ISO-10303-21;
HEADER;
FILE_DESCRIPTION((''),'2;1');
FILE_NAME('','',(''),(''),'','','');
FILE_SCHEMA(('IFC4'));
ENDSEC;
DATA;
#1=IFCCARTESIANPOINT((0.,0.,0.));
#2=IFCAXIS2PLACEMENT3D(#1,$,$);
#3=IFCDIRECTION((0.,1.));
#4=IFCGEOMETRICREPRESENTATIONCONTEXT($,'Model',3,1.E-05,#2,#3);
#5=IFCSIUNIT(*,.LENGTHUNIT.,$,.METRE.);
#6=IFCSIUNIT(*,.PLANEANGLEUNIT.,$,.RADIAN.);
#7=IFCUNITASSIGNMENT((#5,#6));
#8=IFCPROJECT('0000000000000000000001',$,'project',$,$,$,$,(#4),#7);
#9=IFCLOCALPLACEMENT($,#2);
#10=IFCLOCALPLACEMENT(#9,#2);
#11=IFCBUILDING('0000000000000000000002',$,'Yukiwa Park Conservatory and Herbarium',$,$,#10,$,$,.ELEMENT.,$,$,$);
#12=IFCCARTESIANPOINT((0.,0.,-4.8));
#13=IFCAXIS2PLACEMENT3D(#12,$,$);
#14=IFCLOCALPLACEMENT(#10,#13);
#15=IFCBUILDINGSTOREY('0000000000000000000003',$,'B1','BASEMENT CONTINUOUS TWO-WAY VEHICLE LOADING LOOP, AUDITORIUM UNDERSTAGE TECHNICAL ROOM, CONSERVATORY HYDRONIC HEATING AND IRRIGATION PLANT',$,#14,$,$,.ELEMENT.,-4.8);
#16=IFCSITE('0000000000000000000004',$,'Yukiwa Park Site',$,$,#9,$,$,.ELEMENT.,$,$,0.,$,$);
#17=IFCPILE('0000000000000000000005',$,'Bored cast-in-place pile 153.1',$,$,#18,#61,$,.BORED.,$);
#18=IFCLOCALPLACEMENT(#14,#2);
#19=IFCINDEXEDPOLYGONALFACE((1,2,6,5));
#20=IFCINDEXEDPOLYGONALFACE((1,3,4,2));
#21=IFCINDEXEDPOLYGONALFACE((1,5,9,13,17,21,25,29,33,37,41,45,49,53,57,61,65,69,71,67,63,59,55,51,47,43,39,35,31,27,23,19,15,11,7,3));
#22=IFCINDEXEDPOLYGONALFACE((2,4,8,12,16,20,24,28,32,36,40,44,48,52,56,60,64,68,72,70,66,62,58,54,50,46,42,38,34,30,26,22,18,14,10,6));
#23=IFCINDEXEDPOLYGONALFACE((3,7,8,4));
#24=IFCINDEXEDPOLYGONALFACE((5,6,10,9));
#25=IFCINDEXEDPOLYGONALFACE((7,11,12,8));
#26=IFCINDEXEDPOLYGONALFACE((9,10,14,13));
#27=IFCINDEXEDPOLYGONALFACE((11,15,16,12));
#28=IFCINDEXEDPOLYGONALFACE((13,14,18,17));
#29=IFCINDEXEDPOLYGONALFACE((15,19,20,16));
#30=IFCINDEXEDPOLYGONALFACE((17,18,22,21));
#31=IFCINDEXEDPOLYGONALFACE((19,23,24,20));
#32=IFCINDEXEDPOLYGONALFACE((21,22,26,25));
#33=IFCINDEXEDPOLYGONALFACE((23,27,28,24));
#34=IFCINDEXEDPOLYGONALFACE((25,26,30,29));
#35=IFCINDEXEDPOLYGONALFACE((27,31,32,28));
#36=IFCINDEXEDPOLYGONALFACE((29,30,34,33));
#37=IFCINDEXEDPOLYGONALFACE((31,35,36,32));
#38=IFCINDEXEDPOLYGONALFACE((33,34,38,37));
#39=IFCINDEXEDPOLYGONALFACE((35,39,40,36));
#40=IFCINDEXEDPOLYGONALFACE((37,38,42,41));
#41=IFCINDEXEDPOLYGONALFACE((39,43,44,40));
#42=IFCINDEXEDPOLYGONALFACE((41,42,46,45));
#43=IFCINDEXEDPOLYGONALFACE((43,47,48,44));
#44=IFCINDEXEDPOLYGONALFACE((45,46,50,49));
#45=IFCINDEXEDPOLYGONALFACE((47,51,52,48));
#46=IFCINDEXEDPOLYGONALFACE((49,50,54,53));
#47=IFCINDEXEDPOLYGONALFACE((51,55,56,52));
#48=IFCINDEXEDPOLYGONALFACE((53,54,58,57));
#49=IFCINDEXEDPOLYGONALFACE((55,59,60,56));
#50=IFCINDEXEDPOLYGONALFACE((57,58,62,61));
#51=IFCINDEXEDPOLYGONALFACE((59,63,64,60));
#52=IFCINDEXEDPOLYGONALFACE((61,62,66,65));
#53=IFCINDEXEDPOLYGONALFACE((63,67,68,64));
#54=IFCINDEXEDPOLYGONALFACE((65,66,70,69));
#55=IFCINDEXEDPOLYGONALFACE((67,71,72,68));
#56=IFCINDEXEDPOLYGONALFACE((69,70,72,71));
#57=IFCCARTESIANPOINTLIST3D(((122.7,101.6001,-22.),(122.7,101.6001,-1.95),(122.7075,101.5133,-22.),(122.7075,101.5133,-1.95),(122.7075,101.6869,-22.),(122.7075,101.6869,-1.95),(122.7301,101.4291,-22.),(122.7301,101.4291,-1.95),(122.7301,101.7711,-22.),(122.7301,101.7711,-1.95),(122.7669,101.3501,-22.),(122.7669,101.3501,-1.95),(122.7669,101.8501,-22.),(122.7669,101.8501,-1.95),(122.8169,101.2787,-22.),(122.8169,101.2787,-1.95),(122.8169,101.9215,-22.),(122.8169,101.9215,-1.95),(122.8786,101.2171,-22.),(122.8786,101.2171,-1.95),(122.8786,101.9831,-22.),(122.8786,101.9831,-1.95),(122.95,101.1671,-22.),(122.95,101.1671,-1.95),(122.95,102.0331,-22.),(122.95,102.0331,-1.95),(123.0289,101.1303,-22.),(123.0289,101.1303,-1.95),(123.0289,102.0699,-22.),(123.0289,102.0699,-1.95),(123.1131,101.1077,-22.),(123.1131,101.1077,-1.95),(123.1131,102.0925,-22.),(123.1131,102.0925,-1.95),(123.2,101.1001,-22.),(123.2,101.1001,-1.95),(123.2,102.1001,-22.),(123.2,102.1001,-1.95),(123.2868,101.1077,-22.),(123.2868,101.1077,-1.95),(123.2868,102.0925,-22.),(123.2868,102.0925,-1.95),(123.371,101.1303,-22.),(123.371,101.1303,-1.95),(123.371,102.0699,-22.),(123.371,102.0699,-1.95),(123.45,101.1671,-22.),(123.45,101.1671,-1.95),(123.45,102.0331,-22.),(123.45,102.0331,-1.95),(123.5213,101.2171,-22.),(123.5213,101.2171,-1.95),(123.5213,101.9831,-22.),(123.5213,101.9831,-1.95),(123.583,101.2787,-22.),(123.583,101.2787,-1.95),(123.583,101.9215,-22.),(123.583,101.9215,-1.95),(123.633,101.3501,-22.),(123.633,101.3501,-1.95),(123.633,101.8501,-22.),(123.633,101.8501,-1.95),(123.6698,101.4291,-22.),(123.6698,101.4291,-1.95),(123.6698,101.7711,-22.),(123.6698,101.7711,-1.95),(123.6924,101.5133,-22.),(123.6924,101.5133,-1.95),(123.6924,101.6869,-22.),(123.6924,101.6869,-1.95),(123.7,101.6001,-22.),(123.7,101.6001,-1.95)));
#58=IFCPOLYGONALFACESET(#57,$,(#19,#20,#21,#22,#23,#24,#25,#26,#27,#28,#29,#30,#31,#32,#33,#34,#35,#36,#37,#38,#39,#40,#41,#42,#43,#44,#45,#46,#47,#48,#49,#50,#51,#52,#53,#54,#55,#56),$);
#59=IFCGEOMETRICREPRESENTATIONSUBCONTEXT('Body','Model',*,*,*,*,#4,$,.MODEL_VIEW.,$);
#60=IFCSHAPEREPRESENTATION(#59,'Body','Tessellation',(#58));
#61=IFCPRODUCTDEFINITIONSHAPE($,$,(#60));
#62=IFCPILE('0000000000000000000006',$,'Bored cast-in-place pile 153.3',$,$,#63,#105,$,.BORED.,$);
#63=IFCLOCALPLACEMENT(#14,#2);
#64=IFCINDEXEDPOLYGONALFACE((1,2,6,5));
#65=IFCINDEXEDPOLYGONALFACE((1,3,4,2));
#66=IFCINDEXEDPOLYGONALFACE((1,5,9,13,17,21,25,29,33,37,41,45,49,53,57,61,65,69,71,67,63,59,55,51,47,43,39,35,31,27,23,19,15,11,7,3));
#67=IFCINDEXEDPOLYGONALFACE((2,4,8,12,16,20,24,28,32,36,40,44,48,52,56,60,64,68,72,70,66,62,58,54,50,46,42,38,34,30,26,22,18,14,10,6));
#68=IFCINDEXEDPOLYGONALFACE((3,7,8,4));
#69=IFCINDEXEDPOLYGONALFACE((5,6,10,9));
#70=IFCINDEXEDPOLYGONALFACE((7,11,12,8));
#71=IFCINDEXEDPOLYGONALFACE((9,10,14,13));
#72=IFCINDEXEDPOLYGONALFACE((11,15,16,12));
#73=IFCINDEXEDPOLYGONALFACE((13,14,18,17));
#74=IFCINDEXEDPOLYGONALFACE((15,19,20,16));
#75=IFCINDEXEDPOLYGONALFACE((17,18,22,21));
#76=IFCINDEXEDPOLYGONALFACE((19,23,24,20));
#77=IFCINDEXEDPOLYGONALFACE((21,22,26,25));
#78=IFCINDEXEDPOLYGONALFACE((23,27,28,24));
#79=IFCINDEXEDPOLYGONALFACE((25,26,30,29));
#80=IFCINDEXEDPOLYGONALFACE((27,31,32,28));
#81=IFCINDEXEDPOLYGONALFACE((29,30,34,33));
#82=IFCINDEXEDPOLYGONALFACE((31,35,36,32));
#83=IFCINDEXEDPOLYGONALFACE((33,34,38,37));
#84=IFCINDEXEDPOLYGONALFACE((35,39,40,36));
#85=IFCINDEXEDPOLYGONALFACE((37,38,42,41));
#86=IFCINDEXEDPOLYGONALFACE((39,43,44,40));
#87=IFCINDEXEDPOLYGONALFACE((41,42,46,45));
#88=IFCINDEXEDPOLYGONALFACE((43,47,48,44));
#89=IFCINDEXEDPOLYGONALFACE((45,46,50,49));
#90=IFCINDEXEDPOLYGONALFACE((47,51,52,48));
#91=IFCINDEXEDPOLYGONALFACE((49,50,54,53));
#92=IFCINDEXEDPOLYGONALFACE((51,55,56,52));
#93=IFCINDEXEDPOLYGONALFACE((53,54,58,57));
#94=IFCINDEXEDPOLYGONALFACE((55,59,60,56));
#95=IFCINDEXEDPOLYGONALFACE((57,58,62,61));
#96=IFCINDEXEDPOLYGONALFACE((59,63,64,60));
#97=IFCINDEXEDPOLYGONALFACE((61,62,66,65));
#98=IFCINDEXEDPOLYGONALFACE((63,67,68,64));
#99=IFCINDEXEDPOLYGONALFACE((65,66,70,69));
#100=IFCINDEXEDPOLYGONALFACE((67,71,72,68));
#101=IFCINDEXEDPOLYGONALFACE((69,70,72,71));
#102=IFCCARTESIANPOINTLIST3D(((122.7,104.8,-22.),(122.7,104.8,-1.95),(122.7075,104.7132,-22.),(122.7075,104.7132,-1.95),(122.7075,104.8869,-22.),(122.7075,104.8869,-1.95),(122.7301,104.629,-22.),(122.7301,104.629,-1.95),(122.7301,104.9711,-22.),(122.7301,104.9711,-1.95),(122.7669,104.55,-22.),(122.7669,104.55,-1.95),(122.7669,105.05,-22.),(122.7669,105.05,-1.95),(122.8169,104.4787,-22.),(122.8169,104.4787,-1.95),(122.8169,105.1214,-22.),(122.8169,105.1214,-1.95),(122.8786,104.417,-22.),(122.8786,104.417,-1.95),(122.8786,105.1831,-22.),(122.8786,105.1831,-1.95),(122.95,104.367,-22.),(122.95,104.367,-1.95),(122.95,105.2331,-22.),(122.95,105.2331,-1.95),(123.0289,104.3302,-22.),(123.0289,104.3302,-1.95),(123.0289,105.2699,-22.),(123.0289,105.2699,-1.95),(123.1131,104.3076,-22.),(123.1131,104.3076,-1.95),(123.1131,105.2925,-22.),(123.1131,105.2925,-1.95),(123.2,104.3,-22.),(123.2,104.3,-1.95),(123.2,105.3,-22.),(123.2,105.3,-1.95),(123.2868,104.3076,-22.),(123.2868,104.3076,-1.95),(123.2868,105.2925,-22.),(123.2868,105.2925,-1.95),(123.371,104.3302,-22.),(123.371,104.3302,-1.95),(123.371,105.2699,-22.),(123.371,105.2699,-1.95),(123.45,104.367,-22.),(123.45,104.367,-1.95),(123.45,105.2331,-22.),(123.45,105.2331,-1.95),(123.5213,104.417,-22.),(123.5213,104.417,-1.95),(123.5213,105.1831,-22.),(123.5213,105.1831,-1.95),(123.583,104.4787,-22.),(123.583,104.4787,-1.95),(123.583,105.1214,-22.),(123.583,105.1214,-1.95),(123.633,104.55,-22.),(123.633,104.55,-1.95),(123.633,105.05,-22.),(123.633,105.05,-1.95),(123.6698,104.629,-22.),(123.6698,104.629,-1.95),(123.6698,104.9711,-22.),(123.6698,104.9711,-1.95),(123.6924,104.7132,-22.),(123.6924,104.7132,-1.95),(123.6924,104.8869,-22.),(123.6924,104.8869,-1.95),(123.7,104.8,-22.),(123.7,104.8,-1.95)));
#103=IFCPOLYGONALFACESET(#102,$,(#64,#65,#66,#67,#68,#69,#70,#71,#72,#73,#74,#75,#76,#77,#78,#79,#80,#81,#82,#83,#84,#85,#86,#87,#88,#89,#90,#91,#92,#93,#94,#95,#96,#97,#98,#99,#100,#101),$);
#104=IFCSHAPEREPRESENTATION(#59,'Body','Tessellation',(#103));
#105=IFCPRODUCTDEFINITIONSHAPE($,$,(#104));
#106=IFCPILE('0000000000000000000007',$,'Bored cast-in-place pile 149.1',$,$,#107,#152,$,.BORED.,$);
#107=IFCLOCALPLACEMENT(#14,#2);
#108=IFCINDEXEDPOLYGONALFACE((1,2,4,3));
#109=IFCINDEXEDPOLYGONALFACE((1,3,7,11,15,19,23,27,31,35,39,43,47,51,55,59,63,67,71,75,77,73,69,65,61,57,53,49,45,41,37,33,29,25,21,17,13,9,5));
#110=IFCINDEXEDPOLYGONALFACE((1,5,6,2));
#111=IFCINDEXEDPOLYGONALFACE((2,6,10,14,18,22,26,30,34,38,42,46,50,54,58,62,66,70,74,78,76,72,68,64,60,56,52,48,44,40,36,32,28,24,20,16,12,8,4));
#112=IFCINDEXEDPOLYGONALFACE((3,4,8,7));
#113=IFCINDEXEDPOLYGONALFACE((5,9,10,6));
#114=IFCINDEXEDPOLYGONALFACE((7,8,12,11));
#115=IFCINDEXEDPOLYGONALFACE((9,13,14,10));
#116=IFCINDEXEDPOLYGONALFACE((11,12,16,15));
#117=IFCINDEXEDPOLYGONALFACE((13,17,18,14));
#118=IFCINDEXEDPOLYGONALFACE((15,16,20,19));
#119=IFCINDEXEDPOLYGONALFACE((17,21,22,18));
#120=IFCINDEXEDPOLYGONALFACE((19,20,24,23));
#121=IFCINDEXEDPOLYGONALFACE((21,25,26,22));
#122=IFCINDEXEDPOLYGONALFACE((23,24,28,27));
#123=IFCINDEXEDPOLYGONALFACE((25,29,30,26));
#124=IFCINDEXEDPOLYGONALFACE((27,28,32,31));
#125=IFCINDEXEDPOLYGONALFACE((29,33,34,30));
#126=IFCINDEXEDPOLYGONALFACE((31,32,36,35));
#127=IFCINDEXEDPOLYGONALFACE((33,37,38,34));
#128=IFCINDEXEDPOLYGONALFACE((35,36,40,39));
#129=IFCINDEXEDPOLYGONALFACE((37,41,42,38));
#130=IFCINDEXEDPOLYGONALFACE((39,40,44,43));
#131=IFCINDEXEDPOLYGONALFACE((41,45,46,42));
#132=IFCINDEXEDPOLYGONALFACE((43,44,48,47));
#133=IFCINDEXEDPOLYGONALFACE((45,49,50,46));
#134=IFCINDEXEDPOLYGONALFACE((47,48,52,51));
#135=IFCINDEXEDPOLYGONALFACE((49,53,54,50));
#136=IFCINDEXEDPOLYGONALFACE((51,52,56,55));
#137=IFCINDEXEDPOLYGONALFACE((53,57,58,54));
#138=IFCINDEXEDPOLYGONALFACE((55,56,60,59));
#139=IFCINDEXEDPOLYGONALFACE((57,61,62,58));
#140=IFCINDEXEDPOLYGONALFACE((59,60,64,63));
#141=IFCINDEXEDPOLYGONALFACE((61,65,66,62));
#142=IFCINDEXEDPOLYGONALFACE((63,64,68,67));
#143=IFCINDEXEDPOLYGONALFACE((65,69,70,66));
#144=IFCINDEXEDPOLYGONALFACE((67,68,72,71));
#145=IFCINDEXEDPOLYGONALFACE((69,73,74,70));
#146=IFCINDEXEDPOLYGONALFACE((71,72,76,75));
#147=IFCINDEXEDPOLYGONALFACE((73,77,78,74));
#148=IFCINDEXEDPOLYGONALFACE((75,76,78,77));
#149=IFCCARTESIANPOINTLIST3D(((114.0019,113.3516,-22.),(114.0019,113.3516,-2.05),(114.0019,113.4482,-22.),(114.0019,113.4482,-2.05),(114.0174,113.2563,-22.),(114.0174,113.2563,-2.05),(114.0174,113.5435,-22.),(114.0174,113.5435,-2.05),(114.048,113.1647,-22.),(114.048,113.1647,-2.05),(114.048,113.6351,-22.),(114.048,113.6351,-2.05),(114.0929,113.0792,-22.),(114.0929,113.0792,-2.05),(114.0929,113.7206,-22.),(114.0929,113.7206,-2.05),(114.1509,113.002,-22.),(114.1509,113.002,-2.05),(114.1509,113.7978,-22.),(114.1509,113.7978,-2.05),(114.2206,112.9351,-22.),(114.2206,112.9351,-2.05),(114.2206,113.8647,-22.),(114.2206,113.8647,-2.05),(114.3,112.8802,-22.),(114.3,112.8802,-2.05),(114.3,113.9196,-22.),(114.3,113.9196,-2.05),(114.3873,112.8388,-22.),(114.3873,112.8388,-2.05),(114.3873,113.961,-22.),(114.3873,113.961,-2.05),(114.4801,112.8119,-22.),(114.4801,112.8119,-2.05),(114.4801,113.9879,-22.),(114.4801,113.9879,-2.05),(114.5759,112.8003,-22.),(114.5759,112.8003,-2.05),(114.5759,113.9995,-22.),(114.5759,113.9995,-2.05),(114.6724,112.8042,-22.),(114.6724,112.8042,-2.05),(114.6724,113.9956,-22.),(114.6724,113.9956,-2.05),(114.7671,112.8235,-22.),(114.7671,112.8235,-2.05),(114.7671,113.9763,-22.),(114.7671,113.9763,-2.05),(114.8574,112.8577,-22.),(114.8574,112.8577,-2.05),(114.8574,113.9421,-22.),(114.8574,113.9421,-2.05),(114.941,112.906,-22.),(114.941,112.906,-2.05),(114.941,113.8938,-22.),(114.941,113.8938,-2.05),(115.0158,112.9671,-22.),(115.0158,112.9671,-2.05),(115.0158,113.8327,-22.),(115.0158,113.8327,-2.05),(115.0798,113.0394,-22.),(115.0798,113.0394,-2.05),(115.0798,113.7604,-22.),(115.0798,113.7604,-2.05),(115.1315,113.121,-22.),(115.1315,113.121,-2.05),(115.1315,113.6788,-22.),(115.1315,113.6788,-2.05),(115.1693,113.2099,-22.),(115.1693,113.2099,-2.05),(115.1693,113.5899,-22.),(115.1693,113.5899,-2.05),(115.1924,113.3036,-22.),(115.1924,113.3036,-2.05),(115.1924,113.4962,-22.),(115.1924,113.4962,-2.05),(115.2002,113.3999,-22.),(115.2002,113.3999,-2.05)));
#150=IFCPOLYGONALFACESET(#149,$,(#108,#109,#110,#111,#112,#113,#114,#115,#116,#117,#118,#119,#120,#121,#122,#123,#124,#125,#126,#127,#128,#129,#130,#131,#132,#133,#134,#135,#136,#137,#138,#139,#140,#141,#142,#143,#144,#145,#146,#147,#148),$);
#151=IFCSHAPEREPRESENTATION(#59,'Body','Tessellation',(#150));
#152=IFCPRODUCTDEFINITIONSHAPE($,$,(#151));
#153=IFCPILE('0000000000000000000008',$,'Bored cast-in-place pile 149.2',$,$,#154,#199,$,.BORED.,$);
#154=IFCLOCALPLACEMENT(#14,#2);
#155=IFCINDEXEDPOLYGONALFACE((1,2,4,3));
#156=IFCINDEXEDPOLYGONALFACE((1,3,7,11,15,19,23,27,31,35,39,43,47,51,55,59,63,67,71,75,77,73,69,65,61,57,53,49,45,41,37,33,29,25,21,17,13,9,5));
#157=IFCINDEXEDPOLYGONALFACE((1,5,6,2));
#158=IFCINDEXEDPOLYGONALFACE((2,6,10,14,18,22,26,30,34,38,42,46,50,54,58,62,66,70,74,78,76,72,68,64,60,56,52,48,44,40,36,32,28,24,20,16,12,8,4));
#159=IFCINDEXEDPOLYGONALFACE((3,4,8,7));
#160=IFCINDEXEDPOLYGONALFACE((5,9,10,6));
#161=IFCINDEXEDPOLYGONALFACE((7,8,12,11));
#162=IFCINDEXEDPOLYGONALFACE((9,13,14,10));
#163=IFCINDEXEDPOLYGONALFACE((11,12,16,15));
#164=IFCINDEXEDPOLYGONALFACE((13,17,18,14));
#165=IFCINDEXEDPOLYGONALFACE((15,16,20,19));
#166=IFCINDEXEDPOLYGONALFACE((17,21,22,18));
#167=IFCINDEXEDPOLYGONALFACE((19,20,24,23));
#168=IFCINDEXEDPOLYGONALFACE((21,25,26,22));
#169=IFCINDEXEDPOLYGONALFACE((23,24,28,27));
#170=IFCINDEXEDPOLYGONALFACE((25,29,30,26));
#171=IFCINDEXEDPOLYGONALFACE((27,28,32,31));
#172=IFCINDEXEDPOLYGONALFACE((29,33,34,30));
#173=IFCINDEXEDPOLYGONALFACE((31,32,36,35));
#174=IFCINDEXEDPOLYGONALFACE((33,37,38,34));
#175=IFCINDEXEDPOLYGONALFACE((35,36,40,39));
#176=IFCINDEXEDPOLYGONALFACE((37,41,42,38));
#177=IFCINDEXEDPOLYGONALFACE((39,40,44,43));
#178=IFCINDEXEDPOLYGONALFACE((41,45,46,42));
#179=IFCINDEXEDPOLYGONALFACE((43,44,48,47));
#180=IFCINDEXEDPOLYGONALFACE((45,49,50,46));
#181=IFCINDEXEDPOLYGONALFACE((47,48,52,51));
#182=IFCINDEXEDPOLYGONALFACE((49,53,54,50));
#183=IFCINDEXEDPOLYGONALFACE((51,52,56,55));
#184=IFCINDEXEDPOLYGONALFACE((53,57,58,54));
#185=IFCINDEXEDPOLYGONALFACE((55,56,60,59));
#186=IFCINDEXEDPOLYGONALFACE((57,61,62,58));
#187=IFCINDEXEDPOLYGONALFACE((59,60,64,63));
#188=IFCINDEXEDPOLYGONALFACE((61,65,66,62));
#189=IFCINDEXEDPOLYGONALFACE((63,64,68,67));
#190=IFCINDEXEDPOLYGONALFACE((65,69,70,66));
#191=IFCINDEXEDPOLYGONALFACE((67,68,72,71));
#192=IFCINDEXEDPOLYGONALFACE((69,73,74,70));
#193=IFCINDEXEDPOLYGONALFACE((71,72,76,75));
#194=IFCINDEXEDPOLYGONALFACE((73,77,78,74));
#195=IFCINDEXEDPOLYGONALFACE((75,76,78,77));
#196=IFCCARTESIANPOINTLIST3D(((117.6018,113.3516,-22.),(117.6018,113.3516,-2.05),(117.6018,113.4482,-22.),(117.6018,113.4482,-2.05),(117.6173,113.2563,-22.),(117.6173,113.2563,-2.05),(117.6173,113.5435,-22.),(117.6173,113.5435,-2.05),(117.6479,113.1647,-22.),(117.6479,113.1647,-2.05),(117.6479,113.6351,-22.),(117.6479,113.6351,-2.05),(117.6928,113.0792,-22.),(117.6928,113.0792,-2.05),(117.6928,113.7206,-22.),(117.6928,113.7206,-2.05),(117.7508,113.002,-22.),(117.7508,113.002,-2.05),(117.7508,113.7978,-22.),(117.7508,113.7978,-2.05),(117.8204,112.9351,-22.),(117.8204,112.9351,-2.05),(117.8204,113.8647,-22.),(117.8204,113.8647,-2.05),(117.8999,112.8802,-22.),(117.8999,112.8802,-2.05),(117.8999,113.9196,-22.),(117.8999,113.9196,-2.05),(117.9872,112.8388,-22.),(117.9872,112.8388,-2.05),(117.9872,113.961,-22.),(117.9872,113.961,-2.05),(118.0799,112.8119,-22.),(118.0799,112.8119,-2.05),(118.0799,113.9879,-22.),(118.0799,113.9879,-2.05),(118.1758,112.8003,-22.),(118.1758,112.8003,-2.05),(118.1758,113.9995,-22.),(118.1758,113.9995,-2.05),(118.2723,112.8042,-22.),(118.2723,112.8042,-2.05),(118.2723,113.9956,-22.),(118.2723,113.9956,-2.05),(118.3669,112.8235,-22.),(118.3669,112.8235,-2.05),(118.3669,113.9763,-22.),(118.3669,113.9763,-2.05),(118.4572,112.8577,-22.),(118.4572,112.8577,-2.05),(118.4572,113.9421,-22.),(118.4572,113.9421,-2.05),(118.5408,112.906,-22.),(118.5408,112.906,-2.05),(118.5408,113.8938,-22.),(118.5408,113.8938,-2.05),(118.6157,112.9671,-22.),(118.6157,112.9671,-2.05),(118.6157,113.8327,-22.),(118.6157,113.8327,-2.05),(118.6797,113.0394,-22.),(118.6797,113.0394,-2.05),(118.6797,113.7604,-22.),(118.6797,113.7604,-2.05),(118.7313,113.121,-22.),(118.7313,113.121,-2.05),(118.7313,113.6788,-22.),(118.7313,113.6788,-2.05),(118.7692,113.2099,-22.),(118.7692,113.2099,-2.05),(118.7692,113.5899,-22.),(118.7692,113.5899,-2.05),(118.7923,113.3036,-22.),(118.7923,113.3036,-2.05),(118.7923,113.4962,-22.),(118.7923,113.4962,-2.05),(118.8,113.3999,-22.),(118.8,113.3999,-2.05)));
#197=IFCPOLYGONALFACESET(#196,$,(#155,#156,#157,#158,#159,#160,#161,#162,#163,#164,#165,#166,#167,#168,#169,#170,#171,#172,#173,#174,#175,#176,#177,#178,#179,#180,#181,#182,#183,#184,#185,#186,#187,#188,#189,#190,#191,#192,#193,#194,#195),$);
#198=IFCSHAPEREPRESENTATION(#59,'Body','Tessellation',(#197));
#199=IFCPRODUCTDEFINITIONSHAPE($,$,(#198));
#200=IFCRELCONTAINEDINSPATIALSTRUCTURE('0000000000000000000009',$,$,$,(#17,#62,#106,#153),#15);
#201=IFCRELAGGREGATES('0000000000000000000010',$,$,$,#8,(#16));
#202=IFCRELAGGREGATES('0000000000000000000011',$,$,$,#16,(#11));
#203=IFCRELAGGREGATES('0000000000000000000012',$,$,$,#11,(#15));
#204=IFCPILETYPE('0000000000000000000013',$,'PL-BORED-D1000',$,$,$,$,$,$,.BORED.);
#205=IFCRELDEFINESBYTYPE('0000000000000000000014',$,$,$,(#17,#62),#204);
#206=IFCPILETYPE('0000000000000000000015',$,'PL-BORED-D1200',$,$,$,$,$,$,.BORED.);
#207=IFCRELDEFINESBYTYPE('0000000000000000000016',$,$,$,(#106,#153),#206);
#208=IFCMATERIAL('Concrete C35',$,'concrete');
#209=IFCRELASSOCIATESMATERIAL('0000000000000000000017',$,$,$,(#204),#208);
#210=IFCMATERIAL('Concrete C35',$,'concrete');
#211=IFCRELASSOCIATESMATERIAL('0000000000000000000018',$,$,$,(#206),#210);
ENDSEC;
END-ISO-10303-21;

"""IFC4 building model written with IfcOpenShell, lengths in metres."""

from ifc_helpers import new_model, si_unit, direction, frame, origin, origin_2d, place, context, subcontext, project, spatial, circle, extrude, material, material_profile, profile_set, type_object, element, save


model = new_model("IFC4")

# Units and contexts
model_context = context("Model", 3, precision=1e-05, world=origin(), true_north=direction((0.0, 1.0)))
body_context = subcontext(model_context, "Body", "Model", "MODEL_VIEW")
ifc_project = project(units=[si_unit("LENGTHUNIT", "METRE"), si_unit("PLANEANGLEUNIT", "RADIAN")], contexts=[model_context])

# Site, building, storey
site_placement = place(None, origin())
site = spatial("IfcSite", under=ifc_project, at=site_placement, Name="Yukiwa Park Site", CompositionType="ELEMENT", RefElevation=0.0)
building_placement = place(site_placement, origin())
building = spatial("IfcBuilding", under=site, at=building_placement, Name="Yukiwa Park Conservatory and Herbarium", CompositionType="ELEMENT")
storey_placement = place(building_placement, frame((0.0, 0.0, -4.8)))
storey = spatial("IfcBuildingStorey", under=building, at=storey_placement, Name="B1", Description="BASEMENT CONTINUOUS TWO-WAY VEHICLE LOADING LOOP, AUDITORIUM UNDERSTAGE TECHNICAL ROOM, CONSERVATORY HYDRONIC HEATING AND IRRIGATION PLANT", CompositionType="ELEMENT", Elevation=-4.8)

# Piles
ifc_material_1 = material(Name="Concrete C35", Category="concrete")
ifc_material_profile_1 = material_profile(ifc_material_1, circle(Radius=0.5, at=origin_2d()), Name="PILE D1000")
ifc_profile_set_1 = profile_set([ifc_material_profile_1], Name="Concrete C35")
pile_type_1 = type_object("IfcPileType", Name="PL-BORED-D1000", PredefinedType="BORED", material=ifc_profile_set_1)
for number, where, z_axis, x_axis, name in (
    (1, (123.2, 101.6001, -1.95), (0.0, 0.0, -1.0), (1.0, 0.0, 0.0), "Bored cast-in-place pile 153.1"),
    (2, (123.2, 104.8, -1.95), (0.0, 0.0, -1.0), (1.0, 0.0, 0.0), "Bored cast-in-place pile 153.3"),
):
    element("IfcPile", number, at=place(storey_placement, frame(where, z_axis=z_axis, x_axis=x_axis)), inside=storey, type_object=pile_type_1, Name=name, PredefinedType="BORED", context=body_context, shape_type="SweptSolid", body=[
        extrude(circle(Radius=0.5, at=origin_2d()), origin(), (0.0, 0.0, 1.0), 20.05),
    ])
ifc_material_2 = material(Name="Concrete C35", Category="concrete")
ifc_material_profile_2 = material_profile(ifc_material_2, circle(Radius=0.6001, at=origin_2d()), Name="PILE D1200")
ifc_profile_set_2 = profile_set([ifc_material_profile_2], Name="Concrete C35")
pile_type_2 = type_object("IfcPileType", Name="PL-BORED-D1200", PredefinedType="BORED", material=ifc_profile_set_2)
for number, where, z_axis, x_axis, name in (
    (3, (114.6001, 113.3999, -2.05), (0.0, 0.0, -1.0), (1.0, 0.0, 0.0), "Bored cast-in-place pile 149.1"),
    (4, (118.2, 113.3999, -2.05), (0.0, 0.0, -1.0), (1.0, 0.0, 0.0), "Bored cast-in-place pile 149.2"),
):
    element("IfcPile", number, at=place(storey_placement, frame(where, z_axis=z_axis, x_axis=x_axis)), inside=storey, type_object=pile_type_2, Name=name, PredefinedType="BORED", context=body_context, shape_type="SweptSolid", body=[
        extrude(circle(Radius=0.6001, at=origin_2d()), origin(), (0.0, 0.0, 1.0), 19.95),
    ])

save(model, "model.ifc")
